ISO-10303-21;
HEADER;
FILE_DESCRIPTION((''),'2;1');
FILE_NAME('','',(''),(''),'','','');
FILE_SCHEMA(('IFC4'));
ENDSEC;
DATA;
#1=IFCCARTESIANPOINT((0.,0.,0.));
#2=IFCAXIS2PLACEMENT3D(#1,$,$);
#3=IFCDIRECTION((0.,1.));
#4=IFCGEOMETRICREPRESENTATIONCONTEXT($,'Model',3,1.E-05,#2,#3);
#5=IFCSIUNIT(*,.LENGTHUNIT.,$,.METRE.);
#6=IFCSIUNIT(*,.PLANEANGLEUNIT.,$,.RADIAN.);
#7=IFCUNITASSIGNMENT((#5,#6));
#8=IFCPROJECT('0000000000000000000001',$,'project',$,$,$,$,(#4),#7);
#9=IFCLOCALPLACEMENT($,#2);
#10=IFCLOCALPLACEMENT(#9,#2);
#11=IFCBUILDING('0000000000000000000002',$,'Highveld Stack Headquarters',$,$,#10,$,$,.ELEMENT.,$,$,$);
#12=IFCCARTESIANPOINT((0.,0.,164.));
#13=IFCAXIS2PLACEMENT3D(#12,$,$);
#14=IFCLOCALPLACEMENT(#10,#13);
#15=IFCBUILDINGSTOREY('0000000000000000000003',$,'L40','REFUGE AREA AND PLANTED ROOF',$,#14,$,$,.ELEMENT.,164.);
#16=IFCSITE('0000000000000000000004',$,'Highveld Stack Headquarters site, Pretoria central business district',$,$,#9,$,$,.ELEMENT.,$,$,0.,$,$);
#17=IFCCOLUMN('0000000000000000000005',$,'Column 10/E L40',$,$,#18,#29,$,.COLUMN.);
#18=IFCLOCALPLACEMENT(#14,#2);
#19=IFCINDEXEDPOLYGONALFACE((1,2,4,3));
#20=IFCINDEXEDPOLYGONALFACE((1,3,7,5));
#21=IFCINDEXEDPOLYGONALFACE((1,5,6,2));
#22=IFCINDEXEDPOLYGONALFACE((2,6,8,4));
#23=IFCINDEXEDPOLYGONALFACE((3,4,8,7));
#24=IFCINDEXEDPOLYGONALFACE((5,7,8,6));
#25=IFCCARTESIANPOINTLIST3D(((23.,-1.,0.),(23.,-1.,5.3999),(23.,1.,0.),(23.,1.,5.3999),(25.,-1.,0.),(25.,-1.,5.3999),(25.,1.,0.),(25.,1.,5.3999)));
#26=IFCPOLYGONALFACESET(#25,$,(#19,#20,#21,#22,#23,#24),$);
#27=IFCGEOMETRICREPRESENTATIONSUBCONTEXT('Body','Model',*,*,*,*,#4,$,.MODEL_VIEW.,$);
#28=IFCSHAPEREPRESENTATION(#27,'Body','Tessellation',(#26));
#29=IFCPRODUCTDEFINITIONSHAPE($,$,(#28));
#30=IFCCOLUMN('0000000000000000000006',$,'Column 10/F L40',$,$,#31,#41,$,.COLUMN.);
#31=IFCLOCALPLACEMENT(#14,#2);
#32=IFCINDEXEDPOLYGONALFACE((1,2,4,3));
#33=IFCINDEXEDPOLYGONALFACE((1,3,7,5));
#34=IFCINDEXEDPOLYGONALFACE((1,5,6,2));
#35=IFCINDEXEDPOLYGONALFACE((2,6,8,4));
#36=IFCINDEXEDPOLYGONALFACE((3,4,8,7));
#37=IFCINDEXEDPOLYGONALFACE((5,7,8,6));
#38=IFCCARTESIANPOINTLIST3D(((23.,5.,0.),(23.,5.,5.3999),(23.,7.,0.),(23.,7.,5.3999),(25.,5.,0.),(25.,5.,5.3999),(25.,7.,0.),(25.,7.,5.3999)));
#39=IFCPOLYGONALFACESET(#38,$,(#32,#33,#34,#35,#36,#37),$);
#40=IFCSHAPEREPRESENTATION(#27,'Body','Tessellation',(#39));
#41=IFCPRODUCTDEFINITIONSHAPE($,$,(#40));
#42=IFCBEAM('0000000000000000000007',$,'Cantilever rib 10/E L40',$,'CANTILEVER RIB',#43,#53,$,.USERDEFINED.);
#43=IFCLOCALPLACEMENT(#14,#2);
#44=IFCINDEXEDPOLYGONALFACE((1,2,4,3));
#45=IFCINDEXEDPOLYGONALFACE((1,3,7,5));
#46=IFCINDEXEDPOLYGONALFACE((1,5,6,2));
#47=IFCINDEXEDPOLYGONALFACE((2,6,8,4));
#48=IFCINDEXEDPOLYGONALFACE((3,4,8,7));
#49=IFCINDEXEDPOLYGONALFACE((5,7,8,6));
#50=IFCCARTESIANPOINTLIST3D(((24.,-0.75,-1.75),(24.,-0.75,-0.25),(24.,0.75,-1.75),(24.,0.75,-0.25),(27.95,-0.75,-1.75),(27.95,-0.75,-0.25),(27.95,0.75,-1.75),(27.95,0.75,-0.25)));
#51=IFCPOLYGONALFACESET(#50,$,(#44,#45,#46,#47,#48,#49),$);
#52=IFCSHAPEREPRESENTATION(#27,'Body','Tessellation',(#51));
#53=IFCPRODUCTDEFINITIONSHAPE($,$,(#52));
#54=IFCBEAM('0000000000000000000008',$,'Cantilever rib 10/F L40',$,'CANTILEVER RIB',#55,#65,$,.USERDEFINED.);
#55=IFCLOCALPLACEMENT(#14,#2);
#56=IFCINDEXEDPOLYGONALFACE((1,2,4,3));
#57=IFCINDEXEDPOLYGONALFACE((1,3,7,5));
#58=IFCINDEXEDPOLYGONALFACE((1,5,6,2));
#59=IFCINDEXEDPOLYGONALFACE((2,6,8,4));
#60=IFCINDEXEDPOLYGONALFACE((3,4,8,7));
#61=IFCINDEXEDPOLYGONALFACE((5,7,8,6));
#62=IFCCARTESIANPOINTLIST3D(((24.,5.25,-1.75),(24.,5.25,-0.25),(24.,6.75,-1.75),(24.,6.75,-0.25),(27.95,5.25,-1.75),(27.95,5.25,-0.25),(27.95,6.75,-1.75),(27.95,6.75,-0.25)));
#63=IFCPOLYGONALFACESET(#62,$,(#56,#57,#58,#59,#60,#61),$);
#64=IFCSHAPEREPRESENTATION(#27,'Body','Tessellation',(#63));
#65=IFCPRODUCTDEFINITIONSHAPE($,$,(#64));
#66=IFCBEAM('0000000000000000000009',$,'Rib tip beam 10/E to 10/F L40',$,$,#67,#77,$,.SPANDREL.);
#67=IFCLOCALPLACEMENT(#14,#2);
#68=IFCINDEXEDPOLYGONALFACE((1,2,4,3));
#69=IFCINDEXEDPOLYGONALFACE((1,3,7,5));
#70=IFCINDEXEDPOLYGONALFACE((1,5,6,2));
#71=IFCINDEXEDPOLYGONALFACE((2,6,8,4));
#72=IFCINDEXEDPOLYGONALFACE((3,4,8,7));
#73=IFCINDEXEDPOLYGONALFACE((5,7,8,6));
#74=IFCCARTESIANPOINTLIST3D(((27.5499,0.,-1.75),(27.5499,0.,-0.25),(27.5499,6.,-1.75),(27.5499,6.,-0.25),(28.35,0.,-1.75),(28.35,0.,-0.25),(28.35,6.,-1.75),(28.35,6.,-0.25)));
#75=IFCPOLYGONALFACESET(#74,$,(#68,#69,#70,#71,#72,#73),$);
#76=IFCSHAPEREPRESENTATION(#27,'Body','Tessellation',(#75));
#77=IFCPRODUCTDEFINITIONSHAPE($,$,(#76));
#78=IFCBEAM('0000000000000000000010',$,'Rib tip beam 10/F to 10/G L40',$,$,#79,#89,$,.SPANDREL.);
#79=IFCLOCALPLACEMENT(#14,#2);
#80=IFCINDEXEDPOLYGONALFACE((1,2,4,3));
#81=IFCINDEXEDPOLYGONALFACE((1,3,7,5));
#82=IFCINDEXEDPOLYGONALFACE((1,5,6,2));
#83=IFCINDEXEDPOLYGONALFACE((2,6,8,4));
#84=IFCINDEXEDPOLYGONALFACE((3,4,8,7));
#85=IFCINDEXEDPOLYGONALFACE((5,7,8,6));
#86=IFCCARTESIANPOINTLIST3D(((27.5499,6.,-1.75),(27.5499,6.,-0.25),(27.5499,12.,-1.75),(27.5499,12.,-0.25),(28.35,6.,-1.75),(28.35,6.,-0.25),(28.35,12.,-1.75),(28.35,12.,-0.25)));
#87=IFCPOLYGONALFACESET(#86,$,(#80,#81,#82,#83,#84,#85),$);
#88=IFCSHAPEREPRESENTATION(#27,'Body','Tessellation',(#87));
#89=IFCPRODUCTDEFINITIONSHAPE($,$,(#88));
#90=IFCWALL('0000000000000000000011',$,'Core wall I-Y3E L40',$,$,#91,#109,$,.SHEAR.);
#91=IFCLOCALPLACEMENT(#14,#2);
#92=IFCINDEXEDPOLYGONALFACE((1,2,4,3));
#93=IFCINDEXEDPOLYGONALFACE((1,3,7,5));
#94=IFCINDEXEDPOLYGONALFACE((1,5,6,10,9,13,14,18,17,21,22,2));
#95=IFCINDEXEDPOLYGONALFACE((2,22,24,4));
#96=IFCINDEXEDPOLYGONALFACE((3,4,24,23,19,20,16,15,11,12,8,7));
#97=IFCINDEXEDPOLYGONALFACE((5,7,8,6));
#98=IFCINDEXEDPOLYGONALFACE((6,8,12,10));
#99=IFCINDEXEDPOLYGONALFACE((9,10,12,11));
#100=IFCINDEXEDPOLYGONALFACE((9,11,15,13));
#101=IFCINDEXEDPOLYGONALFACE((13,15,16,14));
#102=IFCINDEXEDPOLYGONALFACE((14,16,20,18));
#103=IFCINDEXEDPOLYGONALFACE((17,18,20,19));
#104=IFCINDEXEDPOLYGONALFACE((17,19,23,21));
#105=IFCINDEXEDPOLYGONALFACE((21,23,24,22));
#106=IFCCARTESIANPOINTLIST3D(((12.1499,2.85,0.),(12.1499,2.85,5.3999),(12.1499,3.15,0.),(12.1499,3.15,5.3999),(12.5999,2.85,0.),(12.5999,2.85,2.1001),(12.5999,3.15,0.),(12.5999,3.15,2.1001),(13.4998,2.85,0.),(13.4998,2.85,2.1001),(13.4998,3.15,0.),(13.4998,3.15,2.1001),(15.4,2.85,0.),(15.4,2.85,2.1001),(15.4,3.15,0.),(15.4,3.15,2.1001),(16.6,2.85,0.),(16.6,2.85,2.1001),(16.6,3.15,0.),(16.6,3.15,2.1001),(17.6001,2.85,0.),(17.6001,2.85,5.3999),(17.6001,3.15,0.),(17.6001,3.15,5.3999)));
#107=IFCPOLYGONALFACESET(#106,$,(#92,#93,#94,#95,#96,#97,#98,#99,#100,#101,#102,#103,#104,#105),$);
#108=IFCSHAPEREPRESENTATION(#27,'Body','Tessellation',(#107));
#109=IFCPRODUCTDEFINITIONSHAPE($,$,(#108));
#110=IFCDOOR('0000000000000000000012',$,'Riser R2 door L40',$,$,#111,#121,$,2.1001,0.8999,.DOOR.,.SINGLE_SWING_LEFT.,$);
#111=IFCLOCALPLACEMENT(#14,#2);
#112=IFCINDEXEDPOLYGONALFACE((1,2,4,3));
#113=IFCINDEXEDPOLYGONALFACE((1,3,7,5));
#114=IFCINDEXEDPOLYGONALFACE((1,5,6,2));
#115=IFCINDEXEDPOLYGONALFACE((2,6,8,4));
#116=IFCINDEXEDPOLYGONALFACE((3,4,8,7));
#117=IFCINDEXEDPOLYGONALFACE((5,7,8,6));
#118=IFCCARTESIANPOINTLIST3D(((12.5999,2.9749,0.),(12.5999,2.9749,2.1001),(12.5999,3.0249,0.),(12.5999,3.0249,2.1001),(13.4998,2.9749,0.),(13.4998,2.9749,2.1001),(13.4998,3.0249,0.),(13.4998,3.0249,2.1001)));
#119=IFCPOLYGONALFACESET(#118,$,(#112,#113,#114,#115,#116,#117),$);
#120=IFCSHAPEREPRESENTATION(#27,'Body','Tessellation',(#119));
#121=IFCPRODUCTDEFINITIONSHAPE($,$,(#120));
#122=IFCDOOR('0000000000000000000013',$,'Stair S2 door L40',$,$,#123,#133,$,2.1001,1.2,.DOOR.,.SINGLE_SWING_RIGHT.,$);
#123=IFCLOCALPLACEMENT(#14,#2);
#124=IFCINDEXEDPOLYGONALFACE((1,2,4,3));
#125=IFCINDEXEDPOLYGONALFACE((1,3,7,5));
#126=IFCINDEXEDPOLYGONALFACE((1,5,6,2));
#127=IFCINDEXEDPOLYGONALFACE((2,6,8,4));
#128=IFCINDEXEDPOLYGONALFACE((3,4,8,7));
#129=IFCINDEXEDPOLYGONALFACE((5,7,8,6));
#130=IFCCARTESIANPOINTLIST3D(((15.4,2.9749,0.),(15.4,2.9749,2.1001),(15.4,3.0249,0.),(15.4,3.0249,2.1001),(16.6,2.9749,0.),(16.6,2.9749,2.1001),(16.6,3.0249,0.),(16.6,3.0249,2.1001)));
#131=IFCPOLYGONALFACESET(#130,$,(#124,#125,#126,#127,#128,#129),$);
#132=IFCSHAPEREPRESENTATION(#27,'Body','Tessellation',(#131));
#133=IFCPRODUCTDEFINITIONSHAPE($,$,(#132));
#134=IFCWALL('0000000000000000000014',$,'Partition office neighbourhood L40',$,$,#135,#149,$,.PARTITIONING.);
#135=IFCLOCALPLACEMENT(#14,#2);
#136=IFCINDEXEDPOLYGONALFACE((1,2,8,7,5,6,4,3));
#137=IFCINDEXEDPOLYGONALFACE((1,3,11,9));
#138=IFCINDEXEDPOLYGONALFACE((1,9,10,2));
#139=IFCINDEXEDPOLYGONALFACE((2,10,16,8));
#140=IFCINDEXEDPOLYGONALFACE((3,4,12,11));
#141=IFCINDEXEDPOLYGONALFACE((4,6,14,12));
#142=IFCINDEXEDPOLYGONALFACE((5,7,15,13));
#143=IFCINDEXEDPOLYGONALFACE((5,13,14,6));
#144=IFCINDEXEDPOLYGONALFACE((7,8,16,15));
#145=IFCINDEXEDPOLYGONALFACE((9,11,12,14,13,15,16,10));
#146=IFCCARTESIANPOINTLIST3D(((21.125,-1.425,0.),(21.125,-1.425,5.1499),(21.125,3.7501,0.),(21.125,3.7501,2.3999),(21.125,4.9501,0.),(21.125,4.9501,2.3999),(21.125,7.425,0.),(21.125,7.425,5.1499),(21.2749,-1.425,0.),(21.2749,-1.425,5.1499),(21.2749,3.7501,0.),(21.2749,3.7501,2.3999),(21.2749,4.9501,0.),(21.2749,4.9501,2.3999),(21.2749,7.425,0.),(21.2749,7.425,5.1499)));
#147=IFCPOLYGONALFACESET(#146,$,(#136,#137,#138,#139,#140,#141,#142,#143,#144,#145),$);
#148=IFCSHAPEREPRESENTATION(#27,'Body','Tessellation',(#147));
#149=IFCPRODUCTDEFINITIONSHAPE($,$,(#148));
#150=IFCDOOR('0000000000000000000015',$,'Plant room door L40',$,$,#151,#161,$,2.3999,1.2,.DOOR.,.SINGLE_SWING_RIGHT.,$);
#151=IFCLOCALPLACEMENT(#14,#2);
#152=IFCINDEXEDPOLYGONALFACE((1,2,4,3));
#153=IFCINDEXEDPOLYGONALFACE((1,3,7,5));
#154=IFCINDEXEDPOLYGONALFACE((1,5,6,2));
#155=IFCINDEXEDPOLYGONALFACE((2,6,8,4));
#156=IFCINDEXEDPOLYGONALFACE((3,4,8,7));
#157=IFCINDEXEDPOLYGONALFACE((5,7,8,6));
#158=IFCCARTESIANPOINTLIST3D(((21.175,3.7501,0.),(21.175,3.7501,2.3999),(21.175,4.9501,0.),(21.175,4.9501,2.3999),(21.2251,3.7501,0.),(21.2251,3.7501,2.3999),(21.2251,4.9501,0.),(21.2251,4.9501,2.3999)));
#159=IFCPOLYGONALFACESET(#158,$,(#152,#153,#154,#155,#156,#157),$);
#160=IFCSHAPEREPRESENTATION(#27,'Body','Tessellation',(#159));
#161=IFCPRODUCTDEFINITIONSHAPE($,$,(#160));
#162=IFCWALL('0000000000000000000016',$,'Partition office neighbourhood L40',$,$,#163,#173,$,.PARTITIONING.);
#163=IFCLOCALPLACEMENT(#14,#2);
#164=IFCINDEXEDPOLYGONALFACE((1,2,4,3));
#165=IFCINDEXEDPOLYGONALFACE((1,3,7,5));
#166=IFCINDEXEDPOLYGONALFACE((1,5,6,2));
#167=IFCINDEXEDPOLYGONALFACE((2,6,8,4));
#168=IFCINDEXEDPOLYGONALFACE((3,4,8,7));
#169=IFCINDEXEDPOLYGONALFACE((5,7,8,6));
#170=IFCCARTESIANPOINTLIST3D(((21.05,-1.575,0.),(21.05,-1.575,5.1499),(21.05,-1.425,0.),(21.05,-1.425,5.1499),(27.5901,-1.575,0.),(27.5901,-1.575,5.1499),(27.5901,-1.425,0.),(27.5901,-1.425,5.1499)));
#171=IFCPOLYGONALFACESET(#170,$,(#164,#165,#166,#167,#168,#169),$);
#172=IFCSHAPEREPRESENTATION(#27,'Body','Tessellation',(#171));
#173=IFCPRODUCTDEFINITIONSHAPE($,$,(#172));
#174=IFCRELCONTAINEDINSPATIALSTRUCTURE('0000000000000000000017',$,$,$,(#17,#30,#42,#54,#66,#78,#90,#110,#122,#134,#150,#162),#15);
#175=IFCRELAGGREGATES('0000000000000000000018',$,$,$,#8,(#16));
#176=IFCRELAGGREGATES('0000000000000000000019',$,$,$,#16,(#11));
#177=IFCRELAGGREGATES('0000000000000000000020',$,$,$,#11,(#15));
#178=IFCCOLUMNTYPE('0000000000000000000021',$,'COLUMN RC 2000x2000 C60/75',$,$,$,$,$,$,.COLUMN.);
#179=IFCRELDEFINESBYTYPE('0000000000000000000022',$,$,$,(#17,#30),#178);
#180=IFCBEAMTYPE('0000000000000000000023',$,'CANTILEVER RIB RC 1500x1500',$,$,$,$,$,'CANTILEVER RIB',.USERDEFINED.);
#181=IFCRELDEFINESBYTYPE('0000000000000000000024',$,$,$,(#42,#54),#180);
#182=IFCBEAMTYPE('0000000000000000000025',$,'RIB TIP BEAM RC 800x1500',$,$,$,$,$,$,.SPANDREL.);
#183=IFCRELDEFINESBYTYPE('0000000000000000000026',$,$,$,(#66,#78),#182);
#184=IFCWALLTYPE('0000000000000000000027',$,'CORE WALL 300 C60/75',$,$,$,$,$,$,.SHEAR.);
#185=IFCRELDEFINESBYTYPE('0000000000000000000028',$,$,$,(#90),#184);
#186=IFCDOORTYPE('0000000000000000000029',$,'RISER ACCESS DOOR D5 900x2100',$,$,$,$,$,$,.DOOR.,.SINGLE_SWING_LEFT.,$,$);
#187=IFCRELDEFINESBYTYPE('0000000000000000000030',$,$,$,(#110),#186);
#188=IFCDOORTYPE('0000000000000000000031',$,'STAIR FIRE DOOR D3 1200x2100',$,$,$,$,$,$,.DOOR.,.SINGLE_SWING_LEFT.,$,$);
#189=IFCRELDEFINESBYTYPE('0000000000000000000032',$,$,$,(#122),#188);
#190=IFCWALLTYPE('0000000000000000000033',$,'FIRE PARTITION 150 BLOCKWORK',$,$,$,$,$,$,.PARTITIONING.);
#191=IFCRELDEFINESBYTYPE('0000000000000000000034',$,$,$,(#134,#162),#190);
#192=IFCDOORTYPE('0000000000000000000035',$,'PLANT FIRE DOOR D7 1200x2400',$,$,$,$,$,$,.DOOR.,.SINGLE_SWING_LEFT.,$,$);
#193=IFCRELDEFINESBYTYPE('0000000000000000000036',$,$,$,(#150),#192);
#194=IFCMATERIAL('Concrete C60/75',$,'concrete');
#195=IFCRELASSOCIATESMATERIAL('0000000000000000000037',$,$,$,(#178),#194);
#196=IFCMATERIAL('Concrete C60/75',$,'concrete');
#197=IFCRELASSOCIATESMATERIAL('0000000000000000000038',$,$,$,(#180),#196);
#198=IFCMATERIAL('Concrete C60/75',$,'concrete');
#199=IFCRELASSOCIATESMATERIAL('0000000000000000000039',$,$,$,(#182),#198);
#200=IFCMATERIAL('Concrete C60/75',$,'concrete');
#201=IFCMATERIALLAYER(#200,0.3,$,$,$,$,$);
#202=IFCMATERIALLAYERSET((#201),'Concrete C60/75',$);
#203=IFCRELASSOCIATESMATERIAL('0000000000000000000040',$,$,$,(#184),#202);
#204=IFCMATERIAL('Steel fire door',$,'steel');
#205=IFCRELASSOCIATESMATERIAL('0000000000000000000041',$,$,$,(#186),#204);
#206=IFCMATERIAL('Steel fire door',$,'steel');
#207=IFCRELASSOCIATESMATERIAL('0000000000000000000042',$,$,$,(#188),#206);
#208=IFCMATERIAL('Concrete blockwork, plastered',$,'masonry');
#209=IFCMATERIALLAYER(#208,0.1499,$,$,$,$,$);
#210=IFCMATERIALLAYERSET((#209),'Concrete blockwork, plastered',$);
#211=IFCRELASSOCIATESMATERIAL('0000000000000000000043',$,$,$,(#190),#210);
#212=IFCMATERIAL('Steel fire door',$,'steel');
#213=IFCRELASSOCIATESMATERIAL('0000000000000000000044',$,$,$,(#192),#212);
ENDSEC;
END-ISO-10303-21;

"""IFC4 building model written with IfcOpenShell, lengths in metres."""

from ifc_helpers import new_model, si_unit, direction, frame, frame_2d, origin, origin_2d, place, context, subcontext, project, spatial, rectangle, extrude, material, layer, layer_set, material_profile, profile_set, type_object, element, fill, save


model = new_model("IFC4")

# Units and contexts
model_context = context("Model", 3, precision=1e-05, world=origin(), true_north=direction((0.0, 1.0)))
body_context = subcontext(model_context, "Body", "Model", "MODEL_VIEW")
ifc_project = project(units=[si_unit("LENGTHUNIT", "METRE"), si_unit("PLANEANGLEUNIT", "RADIAN")], contexts=[model_context])

# Site, building, storey
site_placement = place(None, origin())
site = spatial("IfcSite", under=ifc_project, at=site_placement, Name="Highveld Stack Headquarters site, Pretoria central business district", CompositionType="ELEMENT", RefElevation=0.0)
building_placement = place(site_placement, origin())
building = spatial("IfcBuilding", under=site, at=building_placement, Name="Highveld Stack Headquarters", CompositionType="ELEMENT")
storey_placement = place(building_placement, frame((0.0, 0.0, 164.0)))
storey = spatial("IfcBuildingStorey", under=building, at=storey_placement, Name="L40", Description="REFUGE AREA AND PLANTED ROOF", CompositionType="ELEMENT", Elevation=164.0)

# Columns
ifc_material_1 = material(Name="Concrete C60/75", Category="concrete")
ifc_material_profile_1 = material_profile(ifc_material_1, rectangle(XDim=2.0, YDim=2.0, at=origin_2d()), Name="RC 2000x2000")
ifc_profile_set_1 = profile_set([ifc_material_profile_1], Name="Concrete C60/75")
column_type = type_object("IfcColumnType", Name="COLUMN RC 2000x2000 C60/75", PredefinedType="COLUMN", material=ifc_profile_set_1)
for number, where, z_axis, x_axis, name in (
    (1, (24.0, 0.0, 0.0), (0.0, 0.0, 1.0), (1.0, 0.0, 0.0), "Column 10/E L40"),
    (2, (24.0, 6.0, 0.0), (0.0, 0.0, 1.0), (1.0, 0.0, 0.0), "Column 10/F L40"),
):
    element("IfcColumn", number, at=place(storey_placement, frame(where, z_axis=z_axis, x_axis=x_axis)), inside=storey, type_object=column_type, Name=name, PredefinedType="COLUMN", context=body_context, shape_type="SweptSolid", body=[
        extrude(rectangle(XDim=2.0, YDim=2.0, at=origin_2d()), origin(), (0.0, 0.0, 1.0), 5.3999),
    ])

# Beams
ifc_material_2 = material(Name="Concrete C60/75", Category="concrete")
ifc_material_profile_2 = material_profile(ifc_material_2, rectangle(XDim=1.5, YDim=1.5, at=origin_2d()), Name="RC 1500x1500")
ifc_profile_set_2 = profile_set([ifc_material_profile_2], Name="Concrete C60/75")
beam_type_1 = type_object("IfcBeamType", Name="CANTILEVER RIB RC 1500x1500", ElementType="CANTILEVER RIB", PredefinedType="USERDEFINED", material=ifc_profile_set_2)
for number, where, z_axis, x_axis, name in (
    (3, (24.0, 0.0, -1.0), (1.0, 0.0, 0.0), (0.0, 1.0, 0.0), "Cantilever rib 10/E L40"),
    (4, (24.0, 6.0, -1.0), (1.0, 0.0, 0.0), (0.0, 1.0, 0.0), "Cantilever rib 10/F L40"),
):
    element("IfcBeam", number, at=place(storey_placement, frame(where, z_axis=z_axis, x_axis=x_axis)), inside=storey, type_object=beam_type_1, Name=name, ObjectType="CANTILEVER RIB", PredefinedType="USERDEFINED", context=body_context, shape_type="SweptSolid", body=[
        extrude(rectangle(XDim=1.5, YDim=1.5, at=origin_2d()), origin(), (0.0, 0.0, 1.0), 3.95),
    ])
ifc_material_3 = material(Name="Concrete C60/75", Category="concrete")
ifc_material_profile_3 = material_profile(ifc_material_3, rectangle(XDim=0.8, YDim=1.5, at=origin_2d()), Name="RC 800x1500")
ifc_profile_set_3 = profile_set([ifc_material_profile_3], Name="Concrete C60/75")
beam_type_2 = type_object("IfcBeamType", Name="RIB TIP BEAM RC 800x1500", PredefinedType="SPANDREL", material=ifc_profile_set_3)
for number, where, z_axis, x_axis, name in (
    (5, (27.95, 0.0, -1.0), (0.0, 1.0, 0.0), (-1.0, 0.0, 0.0), "Rib tip beam 10/E to 10/F L40"),
    (6, (27.95, 6.0, -1.0), (0.0, 1.0, 0.0), (-1.0, 0.0, 0.0), "Rib tip beam 10/F to 10/G L40"),
):
    element("IfcBeam", number, at=place(storey_placement, frame(where, z_axis=z_axis, x_axis=x_axis)), inside=storey, type_object=beam_type_2, Name=name, PredefinedType="SPANDREL", context=body_context, shape_type="SweptSolid", body=[
        extrude(rectangle(XDim=0.8, YDim=1.5, at=origin_2d()), origin(), (0.0, 0.0, 1.0), 6.0),
    ])

# Wall, openings, doors
ifc_material_4 = material(Name="Concrete C60/75", Category="concrete")
ifc_layer_1 = layer(ifc_material_4, 0.3)
ifc_layer_set_1 = layer_set([ifc_layer_1], Name="Concrete C60/75")
wall_type_1 = type_object("IfcWallType", Name="CORE WALL 300 C60/75", PredefinedType="SHEAR", material=ifc_layer_set_1)
wall_1_placement = place(storey_placement, frame((12.1499, 3.0, 0.0), z_axis=(0.0, 0.0, 1.0), x_axis=(1.0, 0.0, 0.0)))
wall_1 = element("IfcWall", 7, at=wall_1_placement, inside=storey, type_object=wall_type_1, Name="Core wall I-Y3E L40", PredefinedType="SHEAR", context=body_context, shape_type="SweptSolid", body=[
    extrude(rectangle(XDim=5.4502, YDim=0.3, at=frame_2d((2.7251, 0.0))), origin(), (0.0, 0.0, 1.0), 5.3999),
])
opening_1_placement = place(wall_1_placement, frame((3.25, 0.0, 0.0)))
opening_1 = element("IfcOpeningElement", 8, at=opening_1_placement, cuts=wall_1, PredefinedType="OPENING", context=body_context, shape_type="SweptSolid", body=[
    extrude(rectangle(XDim=1.2, YDim=2.1001, at=frame_2d((0.6001, 1.05))), frame((0.0, 0.1599, 0.0), z_axis=(0.0, -1.0, 0.0), x_axis=(1.0, 0.0, 0.0)), (0.0, 0.0, 1.0), 0.3201),
])
opening_2_placement = place(wall_1_placement, frame((0.45, 0.0, 0.0)))
opening_2 = element("IfcOpeningElement", 9, at=opening_2_placement, cuts=wall_1, PredefinedType="OPENING", context=body_context, shape_type="SweptSolid", body=[
    extrude(rectangle(XDim=0.8999, YDim=2.1001, at=frame_2d((0.45, 1.05))), frame((0.0, 0.1599, 0.0), z_axis=(0.0, -1.0, 0.0), x_axis=(1.0, 0.0, 0.0)), (0.0, 0.0, 1.0), 0.3201),
])
ifc_material_5 = material(Name="Steel fire door", Category="steel")
door_type_1 = type_object("IfcDoorType", Name="RISER ACCESS DOOR D5 900x2100", OperationType="SINGLE_SWING_LEFT", PredefinedType="DOOR", material=ifc_material_5)
door_1_placement = place(opening_2_placement, origin())
door_1 = element("IfcDoor", 10, at=door_1_placement, inside=storey, type_object=door_type_1, Name="Riser R2 door L40", OperationType="SINGLE_SWING_LEFT", OverallHeight=2.1001, OverallWidth=0.8999, PredefinedType="DOOR", context=body_context, shape_type="SweptSolid", body=[
    extrude(rectangle(XDim=0.8999, YDim=2.1001, at=frame_2d((0.45, 1.05))), frame((0.0, 0.0249, 0.0), z_axis=(0.0, -1.0, 0.0), x_axis=(1.0, 0.0, 0.0)), (0.0, 0.0, 1.0), 0.05),
])
fill(opening_2, door_1)
ifc_material_6 = material(Name="Steel fire door", Category="steel")
door_type_2 = type_object("IfcDoorType", Name="STAIR FIRE DOOR D3 1200x2100", OperationType="SINGLE_SWING_LEFT", PredefinedType="DOOR", material=ifc_material_6)
door_2_placement = place(opening_1_placement, origin())
door_2 = element("IfcDoor", 11, at=door_2_placement, inside=storey, type_object=door_type_2, Name="Stair S2 door L40", OperationType="SINGLE_SWING_RIGHT", OverallHeight=2.1001, OverallWidth=1.2, PredefinedType="DOOR", context=body_context, shape_type="SweptSolid", body=[
    extrude(rectangle(XDim=1.2, YDim=2.1001, at=frame_2d((0.6001, 1.05))), frame((0.0, 0.0249, 0.0), z_axis=(0.0, -1.0, 0.0), x_axis=(1.0, 0.0, 0.0)), (0.0, 0.0, 1.0), 0.05),
])
fill(opening_1, door_2)

# Wall, opening, door
ifc_material_7 = material(Name="Concrete blockwork, plastered", Category="masonry")
ifc_layer_2 = layer(ifc_material_7, 0.1499)
ifc_layer_set_2 = layer_set([ifc_layer_2], Name="Concrete blockwork, plastered")
wall_type_2 = type_object("IfcWallType", Name="FIRE PARTITION 150 BLOCKWORK", PredefinedType="PARTITIONING", material=ifc_layer_set_2)
wall_2_placement = place(storey_placement, frame((21.2, -1.425, 0.0), z_axis=(0.0, 0.0, 1.0), x_axis=(0.0, 1.0, 0.0)))
wall_2 = element("IfcWall", 12, at=wall_2_placement, inside=storey, type_object=wall_type_2, Name="Partition office neighbourhood L40", PredefinedType="PARTITIONING", context=body_context, shape_type="SweptSolid", body=[
    extrude(rectangle(XDim=8.8501, YDim=0.1499, at=frame_2d((4.425, 0.0))), origin(), (0.0, 0.0, 1.0), 5.1499),
])
opening_3_placement = place(wall_2_placement, frame((5.175, 0.0, 0.0)))
opening_3 = element("IfcOpeningElement", 13, at=opening_3_placement, cuts=wall_2, PredefinedType="OPENING", context=body_context, shape_type="SweptSolid", body=[
    extrude(rectangle(XDim=1.2, YDim=2.3999, at=frame_2d((0.6001, 1.2))), frame((0.0, 0.085, 0.0), z_axis=(0.0, -1.0, 0.0), x_axis=(1.0, 0.0, 0.0)), (0.0, 0.0, 1.0), 0.1699),
])
ifc_material_8 = material(Name="Steel fire door", Category="steel")
door_type_3 = type_object("IfcDoorType", Name="PLANT FIRE DOOR D7 1200x2400", OperationType="SINGLE_SWING_LEFT", PredefinedType="DOOR", material=ifc_material_8)
door_3_placement = place(opening_3_placement, origin())
door_3 = element("IfcDoor", 14, at=door_3_placement, inside=storey, type_object=door_type_3, Name="Plant room door L40", OperationType="SINGLE_SWING_RIGHT", OverallHeight=2.3999, OverallWidth=1.2, PredefinedType="DOOR", context=body_context, shape_type="SweptSolid", body=[
    extrude(rectangle(XDim=1.2, YDim=2.3999, at=frame_2d((0.6001, 1.2))), frame((0.0, 0.0249, 0.0), z_axis=(0.0, -1.0, 0.0), x_axis=(1.0, 0.0, 0.0)), (0.0, 0.0, 1.0), 0.05),
])
fill(opening_3, door_3)

# Wall
wall_3_placement = place(storey_placement, frame((21.05, -1.5, 0.0), z_axis=(0.0, 0.0, 1.0), x_axis=(1.0, 0.0, 0.0)))
element("IfcWall", 15, at=wall_3_placement, inside=storey, type_object=wall_type_2, Name="Partition office neighbourhood L40", PredefinedType="PARTITIONING", context=body_context, shape_type="SweptSolid", body=[
    extrude(rectangle(XDim=6.54, YDim=0.1499, at=frame_2d((3.27, 0.0))), origin(), (0.0, 0.0, 1.0), 5.1499),
])

save(model, "model.ifc")
